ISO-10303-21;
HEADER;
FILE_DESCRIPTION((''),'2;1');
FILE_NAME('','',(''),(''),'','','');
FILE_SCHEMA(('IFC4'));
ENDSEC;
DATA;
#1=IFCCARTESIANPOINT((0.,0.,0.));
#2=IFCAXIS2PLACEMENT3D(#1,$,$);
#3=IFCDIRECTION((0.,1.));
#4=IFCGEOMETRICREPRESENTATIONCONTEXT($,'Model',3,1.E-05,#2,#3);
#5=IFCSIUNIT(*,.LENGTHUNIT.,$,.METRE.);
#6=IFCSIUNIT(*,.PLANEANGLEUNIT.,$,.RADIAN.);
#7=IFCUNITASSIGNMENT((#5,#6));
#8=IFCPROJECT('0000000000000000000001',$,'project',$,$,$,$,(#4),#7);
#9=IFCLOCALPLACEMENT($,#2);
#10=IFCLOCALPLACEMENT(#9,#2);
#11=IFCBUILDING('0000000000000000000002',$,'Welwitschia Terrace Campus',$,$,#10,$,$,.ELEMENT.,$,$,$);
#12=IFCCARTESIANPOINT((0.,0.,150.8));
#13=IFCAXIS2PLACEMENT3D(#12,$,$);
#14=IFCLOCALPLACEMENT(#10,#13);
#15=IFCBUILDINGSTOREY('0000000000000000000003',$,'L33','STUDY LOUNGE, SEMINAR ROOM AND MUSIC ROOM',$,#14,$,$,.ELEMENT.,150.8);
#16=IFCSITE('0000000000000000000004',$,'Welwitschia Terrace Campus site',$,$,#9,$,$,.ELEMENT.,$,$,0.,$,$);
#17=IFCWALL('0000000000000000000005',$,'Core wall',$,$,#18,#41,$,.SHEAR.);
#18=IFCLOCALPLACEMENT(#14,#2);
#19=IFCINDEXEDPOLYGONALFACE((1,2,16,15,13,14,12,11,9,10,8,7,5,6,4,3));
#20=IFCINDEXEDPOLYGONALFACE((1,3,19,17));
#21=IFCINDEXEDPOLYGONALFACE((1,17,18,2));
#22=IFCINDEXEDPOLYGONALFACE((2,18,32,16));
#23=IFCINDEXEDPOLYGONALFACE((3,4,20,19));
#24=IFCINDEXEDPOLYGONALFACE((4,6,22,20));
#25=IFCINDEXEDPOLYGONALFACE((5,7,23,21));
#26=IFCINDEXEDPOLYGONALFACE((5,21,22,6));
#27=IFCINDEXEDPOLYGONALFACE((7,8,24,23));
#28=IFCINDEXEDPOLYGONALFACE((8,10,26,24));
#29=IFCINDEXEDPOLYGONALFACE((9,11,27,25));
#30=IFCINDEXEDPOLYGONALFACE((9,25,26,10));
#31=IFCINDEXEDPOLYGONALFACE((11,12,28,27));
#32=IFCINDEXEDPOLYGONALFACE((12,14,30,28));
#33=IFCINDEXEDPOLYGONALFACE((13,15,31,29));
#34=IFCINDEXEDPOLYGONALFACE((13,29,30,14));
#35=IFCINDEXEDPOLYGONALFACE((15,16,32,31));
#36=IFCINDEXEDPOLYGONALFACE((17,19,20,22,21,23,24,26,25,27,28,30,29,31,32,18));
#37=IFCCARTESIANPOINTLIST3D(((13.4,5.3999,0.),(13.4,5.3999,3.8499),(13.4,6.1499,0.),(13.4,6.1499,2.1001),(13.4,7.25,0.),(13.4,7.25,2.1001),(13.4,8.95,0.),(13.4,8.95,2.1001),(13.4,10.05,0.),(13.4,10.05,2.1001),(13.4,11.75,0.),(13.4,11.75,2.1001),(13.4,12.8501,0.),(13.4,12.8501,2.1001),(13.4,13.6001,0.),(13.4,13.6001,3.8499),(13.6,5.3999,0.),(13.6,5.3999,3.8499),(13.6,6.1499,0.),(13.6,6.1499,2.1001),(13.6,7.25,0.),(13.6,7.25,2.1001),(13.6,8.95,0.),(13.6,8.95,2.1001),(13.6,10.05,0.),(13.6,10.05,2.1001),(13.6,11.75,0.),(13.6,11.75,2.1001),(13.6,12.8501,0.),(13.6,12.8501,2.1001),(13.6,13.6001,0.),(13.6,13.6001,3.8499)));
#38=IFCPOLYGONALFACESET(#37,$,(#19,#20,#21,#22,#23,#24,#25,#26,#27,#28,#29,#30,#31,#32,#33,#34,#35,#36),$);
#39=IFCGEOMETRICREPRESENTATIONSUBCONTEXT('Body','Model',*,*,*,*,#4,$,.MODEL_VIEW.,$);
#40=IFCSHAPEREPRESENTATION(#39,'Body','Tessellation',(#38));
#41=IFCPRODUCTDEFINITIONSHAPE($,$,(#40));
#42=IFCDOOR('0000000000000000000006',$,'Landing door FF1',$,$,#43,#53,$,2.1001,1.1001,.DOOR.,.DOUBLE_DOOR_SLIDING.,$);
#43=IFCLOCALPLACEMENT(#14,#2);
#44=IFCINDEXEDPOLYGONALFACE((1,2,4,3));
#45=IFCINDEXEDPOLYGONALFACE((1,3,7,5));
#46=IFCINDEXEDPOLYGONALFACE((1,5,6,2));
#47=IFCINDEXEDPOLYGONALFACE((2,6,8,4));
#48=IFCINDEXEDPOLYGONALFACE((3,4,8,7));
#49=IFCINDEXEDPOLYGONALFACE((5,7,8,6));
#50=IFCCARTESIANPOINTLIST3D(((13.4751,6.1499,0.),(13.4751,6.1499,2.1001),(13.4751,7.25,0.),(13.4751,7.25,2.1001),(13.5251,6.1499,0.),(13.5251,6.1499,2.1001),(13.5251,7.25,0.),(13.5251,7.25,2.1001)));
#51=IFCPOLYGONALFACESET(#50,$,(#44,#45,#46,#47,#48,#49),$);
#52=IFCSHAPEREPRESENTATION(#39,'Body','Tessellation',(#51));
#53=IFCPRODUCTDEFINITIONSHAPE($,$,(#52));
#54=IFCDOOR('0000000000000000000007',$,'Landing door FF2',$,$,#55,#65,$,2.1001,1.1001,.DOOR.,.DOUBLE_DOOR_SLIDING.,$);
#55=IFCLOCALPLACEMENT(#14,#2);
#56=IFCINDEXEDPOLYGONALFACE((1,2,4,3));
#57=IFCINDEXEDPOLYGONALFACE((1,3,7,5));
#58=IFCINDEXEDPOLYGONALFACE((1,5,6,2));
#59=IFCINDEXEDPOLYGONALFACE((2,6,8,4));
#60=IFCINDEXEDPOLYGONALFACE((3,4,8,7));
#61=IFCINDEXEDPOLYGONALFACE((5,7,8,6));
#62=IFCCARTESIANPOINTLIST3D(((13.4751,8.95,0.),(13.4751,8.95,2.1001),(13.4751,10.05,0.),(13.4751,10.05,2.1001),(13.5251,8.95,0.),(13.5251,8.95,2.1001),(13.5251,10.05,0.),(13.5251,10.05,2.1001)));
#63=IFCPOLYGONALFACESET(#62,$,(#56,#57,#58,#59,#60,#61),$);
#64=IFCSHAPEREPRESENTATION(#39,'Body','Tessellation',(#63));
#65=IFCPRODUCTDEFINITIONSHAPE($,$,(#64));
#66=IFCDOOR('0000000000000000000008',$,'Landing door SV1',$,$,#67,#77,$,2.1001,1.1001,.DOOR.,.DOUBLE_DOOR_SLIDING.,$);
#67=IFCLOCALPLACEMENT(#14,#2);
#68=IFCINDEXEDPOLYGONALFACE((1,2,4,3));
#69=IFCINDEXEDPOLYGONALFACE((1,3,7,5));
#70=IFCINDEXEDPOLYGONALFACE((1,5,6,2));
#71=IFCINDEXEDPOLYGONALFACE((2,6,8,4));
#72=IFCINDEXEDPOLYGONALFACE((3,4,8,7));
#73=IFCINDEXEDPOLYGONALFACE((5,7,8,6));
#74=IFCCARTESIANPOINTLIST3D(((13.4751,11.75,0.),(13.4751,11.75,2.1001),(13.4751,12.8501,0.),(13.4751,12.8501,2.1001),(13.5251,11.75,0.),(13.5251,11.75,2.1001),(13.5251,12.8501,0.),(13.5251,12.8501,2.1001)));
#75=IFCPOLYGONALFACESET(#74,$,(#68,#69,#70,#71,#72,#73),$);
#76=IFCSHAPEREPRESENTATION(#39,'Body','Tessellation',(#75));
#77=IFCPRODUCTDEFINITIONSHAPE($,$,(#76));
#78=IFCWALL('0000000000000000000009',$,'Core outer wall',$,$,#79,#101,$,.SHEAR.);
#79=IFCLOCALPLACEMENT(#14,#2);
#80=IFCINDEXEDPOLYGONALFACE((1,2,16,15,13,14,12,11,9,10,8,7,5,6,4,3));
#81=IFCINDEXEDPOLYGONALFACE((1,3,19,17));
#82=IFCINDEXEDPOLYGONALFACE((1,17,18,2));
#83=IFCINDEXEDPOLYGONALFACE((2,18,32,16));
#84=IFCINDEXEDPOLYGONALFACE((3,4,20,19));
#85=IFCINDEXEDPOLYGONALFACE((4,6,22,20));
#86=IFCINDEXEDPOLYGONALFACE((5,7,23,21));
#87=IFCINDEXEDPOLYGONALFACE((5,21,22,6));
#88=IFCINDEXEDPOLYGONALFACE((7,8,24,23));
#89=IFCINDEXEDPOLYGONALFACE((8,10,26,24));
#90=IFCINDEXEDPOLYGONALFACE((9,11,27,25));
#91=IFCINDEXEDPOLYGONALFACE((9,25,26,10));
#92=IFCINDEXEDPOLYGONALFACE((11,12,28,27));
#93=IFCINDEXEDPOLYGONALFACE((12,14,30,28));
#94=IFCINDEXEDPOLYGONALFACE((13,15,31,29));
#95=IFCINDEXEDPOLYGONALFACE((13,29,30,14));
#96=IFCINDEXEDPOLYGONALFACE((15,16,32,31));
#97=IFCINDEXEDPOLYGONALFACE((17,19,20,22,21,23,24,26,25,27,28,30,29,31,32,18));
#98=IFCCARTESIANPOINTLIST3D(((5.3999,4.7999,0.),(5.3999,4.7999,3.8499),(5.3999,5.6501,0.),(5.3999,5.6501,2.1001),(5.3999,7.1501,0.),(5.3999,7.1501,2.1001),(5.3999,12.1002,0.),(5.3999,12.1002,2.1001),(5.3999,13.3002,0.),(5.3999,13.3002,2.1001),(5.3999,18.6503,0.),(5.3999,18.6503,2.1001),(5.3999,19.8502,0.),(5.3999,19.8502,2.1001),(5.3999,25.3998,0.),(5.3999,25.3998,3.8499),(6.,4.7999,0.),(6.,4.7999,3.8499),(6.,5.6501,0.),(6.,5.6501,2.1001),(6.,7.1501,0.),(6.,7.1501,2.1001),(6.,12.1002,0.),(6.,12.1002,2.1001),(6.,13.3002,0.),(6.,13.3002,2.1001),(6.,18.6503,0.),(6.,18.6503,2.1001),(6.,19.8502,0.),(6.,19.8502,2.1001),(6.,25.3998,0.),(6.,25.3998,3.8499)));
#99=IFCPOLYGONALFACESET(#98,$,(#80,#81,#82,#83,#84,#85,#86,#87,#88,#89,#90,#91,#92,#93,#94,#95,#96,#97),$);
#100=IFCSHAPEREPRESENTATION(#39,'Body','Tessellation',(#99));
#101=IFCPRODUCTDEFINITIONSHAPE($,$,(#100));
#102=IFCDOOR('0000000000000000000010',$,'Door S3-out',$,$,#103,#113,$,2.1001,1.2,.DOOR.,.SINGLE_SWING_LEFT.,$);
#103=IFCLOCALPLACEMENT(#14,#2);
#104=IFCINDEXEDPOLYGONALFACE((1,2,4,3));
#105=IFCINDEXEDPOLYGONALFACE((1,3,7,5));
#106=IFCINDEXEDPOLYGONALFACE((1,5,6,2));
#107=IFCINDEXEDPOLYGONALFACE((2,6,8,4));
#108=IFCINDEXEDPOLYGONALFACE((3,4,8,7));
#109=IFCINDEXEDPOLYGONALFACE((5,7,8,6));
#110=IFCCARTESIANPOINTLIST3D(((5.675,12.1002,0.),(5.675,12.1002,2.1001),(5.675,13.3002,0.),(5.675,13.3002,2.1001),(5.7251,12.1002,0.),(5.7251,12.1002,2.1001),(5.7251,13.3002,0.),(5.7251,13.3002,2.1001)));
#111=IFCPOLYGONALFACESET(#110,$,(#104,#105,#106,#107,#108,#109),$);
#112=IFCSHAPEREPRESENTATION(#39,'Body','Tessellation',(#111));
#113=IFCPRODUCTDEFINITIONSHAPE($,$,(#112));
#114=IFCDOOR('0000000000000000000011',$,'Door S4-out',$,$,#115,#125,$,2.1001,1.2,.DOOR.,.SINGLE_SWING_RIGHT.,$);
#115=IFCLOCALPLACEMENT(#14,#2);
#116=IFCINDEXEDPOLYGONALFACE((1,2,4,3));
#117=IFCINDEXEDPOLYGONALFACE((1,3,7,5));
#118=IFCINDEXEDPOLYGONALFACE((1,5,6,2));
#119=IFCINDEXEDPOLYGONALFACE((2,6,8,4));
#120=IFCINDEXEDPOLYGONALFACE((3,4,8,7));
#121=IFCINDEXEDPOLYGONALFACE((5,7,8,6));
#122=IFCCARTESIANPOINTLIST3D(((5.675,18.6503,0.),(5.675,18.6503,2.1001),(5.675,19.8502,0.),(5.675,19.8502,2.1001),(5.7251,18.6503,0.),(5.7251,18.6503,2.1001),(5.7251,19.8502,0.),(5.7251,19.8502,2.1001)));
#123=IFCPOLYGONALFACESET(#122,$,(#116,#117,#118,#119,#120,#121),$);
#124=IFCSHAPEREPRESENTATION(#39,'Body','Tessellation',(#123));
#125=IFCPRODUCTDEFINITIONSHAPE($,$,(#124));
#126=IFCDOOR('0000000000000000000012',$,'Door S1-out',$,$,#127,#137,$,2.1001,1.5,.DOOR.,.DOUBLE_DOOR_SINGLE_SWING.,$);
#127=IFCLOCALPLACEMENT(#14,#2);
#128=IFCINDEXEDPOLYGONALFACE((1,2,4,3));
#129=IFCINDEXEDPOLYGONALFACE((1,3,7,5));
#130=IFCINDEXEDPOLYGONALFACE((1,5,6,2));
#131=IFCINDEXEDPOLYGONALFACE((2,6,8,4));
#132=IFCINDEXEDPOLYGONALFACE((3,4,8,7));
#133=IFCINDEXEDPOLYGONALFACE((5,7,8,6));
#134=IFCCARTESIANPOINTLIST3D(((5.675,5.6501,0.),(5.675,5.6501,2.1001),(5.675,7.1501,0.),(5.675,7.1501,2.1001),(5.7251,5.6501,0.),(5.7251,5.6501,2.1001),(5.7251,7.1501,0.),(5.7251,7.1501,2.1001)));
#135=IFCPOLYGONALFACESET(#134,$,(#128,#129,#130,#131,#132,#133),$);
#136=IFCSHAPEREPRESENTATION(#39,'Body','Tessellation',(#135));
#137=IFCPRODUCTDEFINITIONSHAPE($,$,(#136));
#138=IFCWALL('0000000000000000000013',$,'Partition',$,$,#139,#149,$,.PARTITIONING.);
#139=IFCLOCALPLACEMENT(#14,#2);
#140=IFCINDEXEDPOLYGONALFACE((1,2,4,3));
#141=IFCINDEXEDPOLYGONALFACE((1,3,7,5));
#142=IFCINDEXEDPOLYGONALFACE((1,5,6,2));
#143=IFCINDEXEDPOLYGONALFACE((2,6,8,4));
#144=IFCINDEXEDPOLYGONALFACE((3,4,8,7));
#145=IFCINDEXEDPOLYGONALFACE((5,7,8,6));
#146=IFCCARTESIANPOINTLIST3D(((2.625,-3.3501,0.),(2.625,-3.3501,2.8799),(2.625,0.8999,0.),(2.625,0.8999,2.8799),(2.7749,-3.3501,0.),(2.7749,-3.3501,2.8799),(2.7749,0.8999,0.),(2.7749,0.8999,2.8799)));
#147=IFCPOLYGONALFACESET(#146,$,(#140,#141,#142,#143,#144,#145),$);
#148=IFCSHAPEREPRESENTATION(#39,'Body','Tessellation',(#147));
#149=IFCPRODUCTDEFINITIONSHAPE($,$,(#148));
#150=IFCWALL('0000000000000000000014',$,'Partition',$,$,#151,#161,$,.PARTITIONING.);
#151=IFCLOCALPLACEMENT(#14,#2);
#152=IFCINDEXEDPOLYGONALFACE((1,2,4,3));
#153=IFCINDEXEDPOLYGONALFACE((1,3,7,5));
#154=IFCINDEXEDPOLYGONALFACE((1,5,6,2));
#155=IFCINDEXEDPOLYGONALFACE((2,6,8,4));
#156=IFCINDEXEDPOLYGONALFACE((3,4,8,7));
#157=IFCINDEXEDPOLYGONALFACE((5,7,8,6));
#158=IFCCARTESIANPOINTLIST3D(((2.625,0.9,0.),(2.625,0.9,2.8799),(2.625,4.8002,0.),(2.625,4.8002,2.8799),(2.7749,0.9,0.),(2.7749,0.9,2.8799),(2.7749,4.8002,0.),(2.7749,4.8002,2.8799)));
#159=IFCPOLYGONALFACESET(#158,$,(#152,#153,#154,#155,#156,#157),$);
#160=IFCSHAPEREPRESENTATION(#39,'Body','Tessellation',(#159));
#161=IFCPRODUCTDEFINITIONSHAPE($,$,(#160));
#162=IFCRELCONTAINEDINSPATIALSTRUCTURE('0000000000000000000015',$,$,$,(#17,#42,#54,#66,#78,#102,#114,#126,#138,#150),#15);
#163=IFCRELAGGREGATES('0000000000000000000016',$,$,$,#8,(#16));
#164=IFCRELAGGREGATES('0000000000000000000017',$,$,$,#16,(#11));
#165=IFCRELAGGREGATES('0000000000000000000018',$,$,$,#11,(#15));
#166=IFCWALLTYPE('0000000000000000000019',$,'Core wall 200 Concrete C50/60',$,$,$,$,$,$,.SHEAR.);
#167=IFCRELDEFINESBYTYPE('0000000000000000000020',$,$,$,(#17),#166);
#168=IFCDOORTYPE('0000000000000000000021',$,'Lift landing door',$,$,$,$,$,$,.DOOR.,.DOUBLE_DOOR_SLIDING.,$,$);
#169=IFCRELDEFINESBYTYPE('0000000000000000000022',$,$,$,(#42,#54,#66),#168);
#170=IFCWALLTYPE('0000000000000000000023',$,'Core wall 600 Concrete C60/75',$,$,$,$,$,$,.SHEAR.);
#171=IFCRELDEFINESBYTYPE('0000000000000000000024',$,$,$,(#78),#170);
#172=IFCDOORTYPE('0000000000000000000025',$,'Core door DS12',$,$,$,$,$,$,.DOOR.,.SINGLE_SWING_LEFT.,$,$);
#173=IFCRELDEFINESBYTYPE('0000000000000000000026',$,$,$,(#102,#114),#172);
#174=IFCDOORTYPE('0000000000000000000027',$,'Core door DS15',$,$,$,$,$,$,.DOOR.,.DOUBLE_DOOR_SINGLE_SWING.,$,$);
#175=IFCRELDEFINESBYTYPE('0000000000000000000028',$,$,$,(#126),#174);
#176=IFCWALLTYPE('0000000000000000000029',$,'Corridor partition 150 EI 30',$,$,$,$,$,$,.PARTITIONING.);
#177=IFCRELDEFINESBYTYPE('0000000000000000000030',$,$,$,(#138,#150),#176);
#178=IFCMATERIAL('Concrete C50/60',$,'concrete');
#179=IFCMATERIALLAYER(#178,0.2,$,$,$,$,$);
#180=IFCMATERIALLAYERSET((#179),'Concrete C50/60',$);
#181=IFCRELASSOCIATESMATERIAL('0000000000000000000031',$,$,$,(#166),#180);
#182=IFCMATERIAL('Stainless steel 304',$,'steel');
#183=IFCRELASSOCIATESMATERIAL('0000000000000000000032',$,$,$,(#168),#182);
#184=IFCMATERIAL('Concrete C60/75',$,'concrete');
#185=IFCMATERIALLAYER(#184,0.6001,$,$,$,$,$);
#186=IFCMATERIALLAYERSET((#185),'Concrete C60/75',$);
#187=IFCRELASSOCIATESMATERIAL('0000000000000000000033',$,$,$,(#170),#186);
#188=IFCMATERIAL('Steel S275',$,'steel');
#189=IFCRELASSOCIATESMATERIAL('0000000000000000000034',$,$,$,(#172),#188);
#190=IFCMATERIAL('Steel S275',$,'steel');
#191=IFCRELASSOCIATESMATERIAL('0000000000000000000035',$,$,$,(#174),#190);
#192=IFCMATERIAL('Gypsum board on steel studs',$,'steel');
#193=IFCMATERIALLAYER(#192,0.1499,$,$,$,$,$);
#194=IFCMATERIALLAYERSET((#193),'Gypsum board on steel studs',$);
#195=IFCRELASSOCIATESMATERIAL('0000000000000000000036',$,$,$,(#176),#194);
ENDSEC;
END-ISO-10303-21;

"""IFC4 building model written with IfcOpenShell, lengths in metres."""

from ifc_helpers import new_model, si_unit, direction, frame, frame_2d, origin, place, context, subcontext, project, spatial, rectangle, extrude, material, layer, layer_set, type_object, element, fill, save


model = new_model("IFC4")

# Units and contexts
model_context = context("Model", 3, precision=1e-05, world=origin(), true_north=direction((0.0, 1.0)))
body_context = subcontext(model_context, "Body", "Model", "MODEL_VIEW")
ifc_project = project(units=[si_unit("LENGTHUNIT", "METRE"), si_unit("PLANEANGLEUNIT", "RADIAN")], contexts=[model_context])

# Site, building, storey
site_placement = place(None, origin())
site = spatial("IfcSite", under=ifc_project, at=site_placement, Name="Welwitschia Terrace Campus site", CompositionType="ELEMENT", RefElevation=0.0)
building_placement = place(site_placement, origin())
building = spatial("IfcBuilding", under=site, at=building_placement, Name="Welwitschia Terrace Campus", CompositionType="ELEMENT")
storey_placement = place(building_placement, frame((0.0, 0.0, 150.8)))
storey = spatial("IfcBuildingStorey", under=building, at=storey_placement, Name="L33", Description="STUDY LOUNGE, SEMINAR ROOM AND MUSIC ROOM", CompositionType="ELEMENT", Elevation=150.8)

# Walls, openings, doors
ifc_material_1 = material(Name="Concrete C50/60", Category="concrete")
ifc_layer_1 = layer(ifc_material_1, 0.2)
ifc_layer_set_1 = layer_set([ifc_layer_1], Name="Concrete C50/60")
wall_type_1 = type_object("IfcWallType", Name="Core wall 200 Concrete C50/60", PredefinedType="SHEAR", material=ifc_layer_set_1)
wall_1_placement = place(storey_placement, frame((13.5, 5.3999, 0.0), z_axis=(0.0, 0.0, 1.0), x_axis=(0.0, 1.0, 0.0)))
wall_1 = element("IfcWall", 1, at=wall_1_placement, inside=storey, type_object=wall_type_1, Name="Core wall", PredefinedType="SHEAR", context=body_context, shape_type="SweptSolid", body=[
    extrude(rectangle(XDim=8.2002, YDim=0.2, at=frame_2d((4.1001, 0.0))), origin(), (0.0, 0.0, 1.0), 3.8499),
])
opening_1_placement = place(wall_1_placement, frame((0.75, 0.0, 0.0)))
opening_1 = element("IfcOpeningElement", 2, at=opening_1_placement, cuts=wall_1, PredefinedType="OPENING", context=body_context, shape_type="SweptSolid", body=[
    extrude(rectangle(XDim=1.1001, YDim=2.1001, at=frame_2d((0.55, 1.05))), frame((0.0, 0.1099, 0.0), z_axis=(0.0, -1.0, 0.0), x_axis=(1.0, 0.0, 0.0)), (0.0, 0.0, 1.0), 0.22),
])
opening_2_placement = place(wall_1_placement, frame((3.55, 0.0, 0.0)))
opening_2 = element("IfcOpeningElement", 3, at=opening_2_placement, cuts=wall_1, PredefinedType="OPENING", context=body_context, shape_type="SweptSolid", body=[
    extrude(rectangle(XDim=1.1001, YDim=2.1001, at=frame_2d((0.55, 1.05))), frame((0.0, 0.1099, 0.0), z_axis=(0.0, -1.0, 0.0), x_axis=(1.0, 0.0, 0.0)), (0.0, 0.0, 1.0), 0.22),
])
opening_3_placement = place(wall_1_placement, frame((6.3501, 0.0, 0.0)))
opening_3 = element("IfcOpeningElement", 4, at=opening_3_placement, cuts=wall_1, PredefinedType="OPENING", context=body_context, shape_type="SweptSolid", body=[
    extrude(rectangle(XDim=1.1001, YDim=2.1001, at=frame_2d((0.55, 1.05))), frame((0.0, 0.1099, 0.0), z_axis=(0.0, -1.0, 0.0), x_axis=(1.0, 0.0, 0.0)), (0.0, 0.0, 1.0), 0.22),
])
ifc_material_2 = material(Name="Stainless steel 304", Category="steel")
door_type_1 = type_object("IfcDoorType", Name="Lift landing door", OperationType="DOUBLE_DOOR_SLIDING", PredefinedType="DOOR", material=ifc_material_2)
door_1_placement = place(opening_1_placement, origin())
door_1 = element("IfcDoor", 5, at=door_1_placement, inside=storey, type_object=door_type_1, Name="Landing door FF1", OperationType="DOUBLE_DOOR_SLIDING", OverallHeight=2.1001, OverallWidth=1.1001, PredefinedType="DOOR", context=body_context, shape_type="SweptSolid", body=[
    extrude(rectangle(XDim=1.1001, YDim=2.1001, at=frame_2d((0.55, 1.05))), frame((0.0, 0.0249, 0.0), z_axis=(0.0, -1.0, 0.0), x_axis=(1.0, 0.0, 0.0)), (0.0, 0.0, 1.0), 0.05),
])
fill(opening_1, door_1)
door_2_placement = place(opening_2_placement, origin())
door_2 = element("IfcDoor", 6, at=door_2_placement, inside=storey, type_object=door_type_1, Name="Landing door FF2", OperationType="DOUBLE_DOOR_SLIDING", OverallHeight=2.1001, OverallWidth=1.1001, PredefinedType="DOOR", context=body_context, shape_type="SweptSolid", body=[
    extrude(rectangle(XDim=1.1001, YDim=2.1001, at=frame_2d((0.55, 1.05))), frame((0.0, 0.0249, 0.0), z_axis=(0.0, -1.0, 0.0), x_axis=(1.0, 0.0, 0.0)), (0.0, 0.0, 1.0), 0.05),
])
fill(opening_2, door_2)
door_3_placement = place(opening_3_placement, origin())
door_3 = element("IfcDoor", 7, at=door_3_placement, inside=storey, type_object=door_type_1, Name="Landing door SV1", OperationType="DOUBLE_DOOR_SLIDING", OverallHeight=2.1001, OverallWidth=1.1001, PredefinedType="DOOR", context=body_context, shape_type="SweptSolid", body=[
    extrude(rectangle(XDim=1.1001, YDim=2.1001, at=frame_2d((0.55, 1.05))), frame((0.0, 0.0249, 0.0), z_axis=(0.0, -1.0, 0.0), x_axis=(1.0, 0.0, 0.0)), (0.0, 0.0, 1.0), 0.05),
])
fill(opening_3, door_3)
ifc_material_3 = material(Name="Concrete C60/75", Category="concrete")
ifc_layer_2 = layer(ifc_material_3, 0.6001)
ifc_layer_set_2 = layer_set([ifc_layer_2], Name="Concrete C60/75")
wall_type_2 = type_object("IfcWallType", Name="Core wall 600 Concrete C60/75", PredefinedType="SHEAR", material=ifc_layer_set_2)
wall_2_placement = place(storey_placement, frame((5.7, 4.8, 0.0), z_axis=(0.0, 0.0, 1.0), x_axis=(0.0, 1.0, 0.0)))
wall_2 = element("IfcWall", 8, at=wall_2_placement, inside=storey, type_object=wall_type_2, Name="Core outer wall", PredefinedType="SHEAR", context=body_context, shape_type="SweptSolid", body=[
    extrude(rectangle(XDim=20.5999, YDim=0.6001, at=frame_2d((10.2998, 0.0))), origin(), (0.0, 0.0, 1.0), 3.8499),
])
opening_4_placement = place(wall_2_placement, frame((0.8501, 0.0, 0.0)))
opening_4 = element("IfcOpeningElement", 9, at=opening_4_placement, cuts=wall_2, PredefinedType="OPENING", context=body_context, shape_type="SweptSolid", body=[
    extrude(rectangle(XDim=1.5, YDim=2.1001, at=frame_2d((0.75, 1.05))), frame((0.0, 0.3101, 0.0), z_axis=(0.0, -1.0, 0.0), x_axis=(1.0, 0.0, 0.0)), (0.0, 0.0, 1.0), 0.6201),
])
opening_5_placement = place(wall_2_placement, frame((7.3, 0.0, 0.0)))
opening_5 = element("IfcOpeningElement", 10, at=opening_5_placement, cuts=wall_2, PredefinedType="OPENING", context=body_context, shape_type="SweptSolid", body=[
    extrude(rectangle(XDim=1.2, YDim=2.1001, at=frame_2d((0.6001, 1.05))), frame((0.0, 0.3101, 0.0), z_axis=(0.0, -1.0, 0.0), x_axis=(1.0, 0.0, 0.0)), (0.0, 0.0, 1.0), 0.6201),
])
opening_6_placement = place(wall_2_placement, frame((13.8501, 0.0, 0.0)))
opening_6 = element("IfcOpeningElement", 11, at=opening_6_placement, cuts=wall_2, PredefinedType="OPENING", context=body_context, shape_type="SweptSolid", body=[
    extrude(rectangle(XDim=1.2, YDim=2.1001, at=frame_2d((0.6001, 1.05))), frame((0.0, 0.3101, 0.0), z_axis=(0.0, -1.0, 0.0), x_axis=(1.0, 0.0, 0.0)), (0.0, 0.0, 1.0), 0.6201),
])
ifc_material_4 = material(Name="Steel S275", Category="steel")
door_type_2 = type_object("IfcDoorType", Name="Core door DS12", OperationType="SINGLE_SWING_LEFT", PredefinedType="DOOR", material=ifc_material_4)
door_4_placement = place(opening_5_placement, origin())
door_4 = element("IfcDoor", 12, at=door_4_placement, inside=storey, type_object=door_type_2, Name="Door S3-out", OperationType="SINGLE_SWING_LEFT", OverallHeight=2.1001, OverallWidth=1.2, PredefinedType="DOOR", context=body_context, shape_type="SweptSolid", body=[
    extrude(rectangle(XDim=1.2, YDim=2.1001, at=frame_2d((0.6001, 1.05))), frame((0.0, 0.0249, 0.0), z_axis=(0.0, -1.0, 0.0), x_axis=(1.0, 0.0, 0.0)), (0.0, 0.0, 1.0), 0.05),
])
fill(opening_5, door_4)
door_5_placement = place(opening_6_placement, origin())
door_5 = element("IfcDoor", 13, at=door_5_placement, inside=storey, type_object=door_type_2, Name="Door S4-out", OperationType="SINGLE_SWING_RIGHT", OverallHeight=2.1001, OverallWidth=1.2, PredefinedType="DOOR", context=body_context, shape_type="SweptSolid", body=[
    extrude(rectangle(XDim=1.2, YDim=2.1001, at=frame_2d((0.6001, 1.05))), frame((0.0, 0.0249, 0.0), z_axis=(0.0, -1.0, 0.0), x_axis=(1.0, 0.0, 0.0)), (0.0, 0.0, 1.0), 0.05),
])
fill(opening_6, door_5)
ifc_material_5 = material(Name="Steel S275", Category="steel")
door_type_3 = type_object("IfcDoorType", Name="Core door DS15", OperationType="DOUBLE_DOOR_SINGLE_SWING", PredefinedType="DOOR", material=ifc_material_5)
door_6_placement = place(opening_4_placement, origin())
door_6 = element("IfcDoor", 14, at=door_6_placement, inside=storey, type_object=door_type_3, Name="Door S1-out", OperationType="DOUBLE_DOOR_SINGLE_SWING", OverallHeight=2.1001, OverallWidth=1.5, PredefinedType="DOOR", context=body_context, shape_type="SweptSolid", body=[
    extrude(rectangle(XDim=1.5, YDim=2.1001, at=frame_2d((0.75, 1.05))), frame((0.0, 0.0249, 0.0), z_axis=(0.0, -1.0, 0.0), x_axis=(1.0, 0.0, 0.0)), (0.0, 0.0, 1.0), 0.05),
])
fill(opening_4, door_6)

# Walls
ifc_material_6 = material(Name="Gypsum board on steel studs", Category="steel")
ifc_layer_3 = layer(ifc_material_6, 0.1499)
ifc_layer_set_3 = layer_set([ifc_layer_3], Name="Gypsum board on steel studs")
wall_type_3 = type_object("IfcWallType", Name="Corridor partition 150 EI 30", PredefinedType="PARTITIONING", material=ifc_layer_set_3)
wall_3_placement = place(storey_placement, frame((2.7, -3.3501, 0.0), z_axis=(0.0, 0.0, 1.0), x_axis=(0.0, 1.0, 0.0)))
element("IfcWall", 15, at=wall_3_placement, inside=storey, type_object=wall_type_3, Name="Partition", PredefinedType="PARTITIONING", context=body_context, shape_type="SweptSolid", body=[
    extrude(rectangle(XDim=4.25, YDim=0.1499, at=frame_2d((2.125, 0.0))), origin(), (0.0, 0.0, 1.0), 2.8799),
])
wall_4_placement = place(storey_placement, frame((2.7, 0.8999, 0.0), z_axis=(0.0, 0.0, 1.0), x_axis=(0.0, 1.0, 0.0)))
element("IfcWall", 16, at=wall_4_placement, inside=storey, type_object=wall_type_3, Name="Partition", PredefinedType="PARTITIONING", context=body_context, shape_type="SweptSolid", body=[
    extrude(rectangle(XDim=3.9001, YDim=0.1499, at=frame_2d((1.9502, 0.0))), origin(), (0.0, 0.0, 1.0), 2.8799),
])

save(model, "model.ifc")
